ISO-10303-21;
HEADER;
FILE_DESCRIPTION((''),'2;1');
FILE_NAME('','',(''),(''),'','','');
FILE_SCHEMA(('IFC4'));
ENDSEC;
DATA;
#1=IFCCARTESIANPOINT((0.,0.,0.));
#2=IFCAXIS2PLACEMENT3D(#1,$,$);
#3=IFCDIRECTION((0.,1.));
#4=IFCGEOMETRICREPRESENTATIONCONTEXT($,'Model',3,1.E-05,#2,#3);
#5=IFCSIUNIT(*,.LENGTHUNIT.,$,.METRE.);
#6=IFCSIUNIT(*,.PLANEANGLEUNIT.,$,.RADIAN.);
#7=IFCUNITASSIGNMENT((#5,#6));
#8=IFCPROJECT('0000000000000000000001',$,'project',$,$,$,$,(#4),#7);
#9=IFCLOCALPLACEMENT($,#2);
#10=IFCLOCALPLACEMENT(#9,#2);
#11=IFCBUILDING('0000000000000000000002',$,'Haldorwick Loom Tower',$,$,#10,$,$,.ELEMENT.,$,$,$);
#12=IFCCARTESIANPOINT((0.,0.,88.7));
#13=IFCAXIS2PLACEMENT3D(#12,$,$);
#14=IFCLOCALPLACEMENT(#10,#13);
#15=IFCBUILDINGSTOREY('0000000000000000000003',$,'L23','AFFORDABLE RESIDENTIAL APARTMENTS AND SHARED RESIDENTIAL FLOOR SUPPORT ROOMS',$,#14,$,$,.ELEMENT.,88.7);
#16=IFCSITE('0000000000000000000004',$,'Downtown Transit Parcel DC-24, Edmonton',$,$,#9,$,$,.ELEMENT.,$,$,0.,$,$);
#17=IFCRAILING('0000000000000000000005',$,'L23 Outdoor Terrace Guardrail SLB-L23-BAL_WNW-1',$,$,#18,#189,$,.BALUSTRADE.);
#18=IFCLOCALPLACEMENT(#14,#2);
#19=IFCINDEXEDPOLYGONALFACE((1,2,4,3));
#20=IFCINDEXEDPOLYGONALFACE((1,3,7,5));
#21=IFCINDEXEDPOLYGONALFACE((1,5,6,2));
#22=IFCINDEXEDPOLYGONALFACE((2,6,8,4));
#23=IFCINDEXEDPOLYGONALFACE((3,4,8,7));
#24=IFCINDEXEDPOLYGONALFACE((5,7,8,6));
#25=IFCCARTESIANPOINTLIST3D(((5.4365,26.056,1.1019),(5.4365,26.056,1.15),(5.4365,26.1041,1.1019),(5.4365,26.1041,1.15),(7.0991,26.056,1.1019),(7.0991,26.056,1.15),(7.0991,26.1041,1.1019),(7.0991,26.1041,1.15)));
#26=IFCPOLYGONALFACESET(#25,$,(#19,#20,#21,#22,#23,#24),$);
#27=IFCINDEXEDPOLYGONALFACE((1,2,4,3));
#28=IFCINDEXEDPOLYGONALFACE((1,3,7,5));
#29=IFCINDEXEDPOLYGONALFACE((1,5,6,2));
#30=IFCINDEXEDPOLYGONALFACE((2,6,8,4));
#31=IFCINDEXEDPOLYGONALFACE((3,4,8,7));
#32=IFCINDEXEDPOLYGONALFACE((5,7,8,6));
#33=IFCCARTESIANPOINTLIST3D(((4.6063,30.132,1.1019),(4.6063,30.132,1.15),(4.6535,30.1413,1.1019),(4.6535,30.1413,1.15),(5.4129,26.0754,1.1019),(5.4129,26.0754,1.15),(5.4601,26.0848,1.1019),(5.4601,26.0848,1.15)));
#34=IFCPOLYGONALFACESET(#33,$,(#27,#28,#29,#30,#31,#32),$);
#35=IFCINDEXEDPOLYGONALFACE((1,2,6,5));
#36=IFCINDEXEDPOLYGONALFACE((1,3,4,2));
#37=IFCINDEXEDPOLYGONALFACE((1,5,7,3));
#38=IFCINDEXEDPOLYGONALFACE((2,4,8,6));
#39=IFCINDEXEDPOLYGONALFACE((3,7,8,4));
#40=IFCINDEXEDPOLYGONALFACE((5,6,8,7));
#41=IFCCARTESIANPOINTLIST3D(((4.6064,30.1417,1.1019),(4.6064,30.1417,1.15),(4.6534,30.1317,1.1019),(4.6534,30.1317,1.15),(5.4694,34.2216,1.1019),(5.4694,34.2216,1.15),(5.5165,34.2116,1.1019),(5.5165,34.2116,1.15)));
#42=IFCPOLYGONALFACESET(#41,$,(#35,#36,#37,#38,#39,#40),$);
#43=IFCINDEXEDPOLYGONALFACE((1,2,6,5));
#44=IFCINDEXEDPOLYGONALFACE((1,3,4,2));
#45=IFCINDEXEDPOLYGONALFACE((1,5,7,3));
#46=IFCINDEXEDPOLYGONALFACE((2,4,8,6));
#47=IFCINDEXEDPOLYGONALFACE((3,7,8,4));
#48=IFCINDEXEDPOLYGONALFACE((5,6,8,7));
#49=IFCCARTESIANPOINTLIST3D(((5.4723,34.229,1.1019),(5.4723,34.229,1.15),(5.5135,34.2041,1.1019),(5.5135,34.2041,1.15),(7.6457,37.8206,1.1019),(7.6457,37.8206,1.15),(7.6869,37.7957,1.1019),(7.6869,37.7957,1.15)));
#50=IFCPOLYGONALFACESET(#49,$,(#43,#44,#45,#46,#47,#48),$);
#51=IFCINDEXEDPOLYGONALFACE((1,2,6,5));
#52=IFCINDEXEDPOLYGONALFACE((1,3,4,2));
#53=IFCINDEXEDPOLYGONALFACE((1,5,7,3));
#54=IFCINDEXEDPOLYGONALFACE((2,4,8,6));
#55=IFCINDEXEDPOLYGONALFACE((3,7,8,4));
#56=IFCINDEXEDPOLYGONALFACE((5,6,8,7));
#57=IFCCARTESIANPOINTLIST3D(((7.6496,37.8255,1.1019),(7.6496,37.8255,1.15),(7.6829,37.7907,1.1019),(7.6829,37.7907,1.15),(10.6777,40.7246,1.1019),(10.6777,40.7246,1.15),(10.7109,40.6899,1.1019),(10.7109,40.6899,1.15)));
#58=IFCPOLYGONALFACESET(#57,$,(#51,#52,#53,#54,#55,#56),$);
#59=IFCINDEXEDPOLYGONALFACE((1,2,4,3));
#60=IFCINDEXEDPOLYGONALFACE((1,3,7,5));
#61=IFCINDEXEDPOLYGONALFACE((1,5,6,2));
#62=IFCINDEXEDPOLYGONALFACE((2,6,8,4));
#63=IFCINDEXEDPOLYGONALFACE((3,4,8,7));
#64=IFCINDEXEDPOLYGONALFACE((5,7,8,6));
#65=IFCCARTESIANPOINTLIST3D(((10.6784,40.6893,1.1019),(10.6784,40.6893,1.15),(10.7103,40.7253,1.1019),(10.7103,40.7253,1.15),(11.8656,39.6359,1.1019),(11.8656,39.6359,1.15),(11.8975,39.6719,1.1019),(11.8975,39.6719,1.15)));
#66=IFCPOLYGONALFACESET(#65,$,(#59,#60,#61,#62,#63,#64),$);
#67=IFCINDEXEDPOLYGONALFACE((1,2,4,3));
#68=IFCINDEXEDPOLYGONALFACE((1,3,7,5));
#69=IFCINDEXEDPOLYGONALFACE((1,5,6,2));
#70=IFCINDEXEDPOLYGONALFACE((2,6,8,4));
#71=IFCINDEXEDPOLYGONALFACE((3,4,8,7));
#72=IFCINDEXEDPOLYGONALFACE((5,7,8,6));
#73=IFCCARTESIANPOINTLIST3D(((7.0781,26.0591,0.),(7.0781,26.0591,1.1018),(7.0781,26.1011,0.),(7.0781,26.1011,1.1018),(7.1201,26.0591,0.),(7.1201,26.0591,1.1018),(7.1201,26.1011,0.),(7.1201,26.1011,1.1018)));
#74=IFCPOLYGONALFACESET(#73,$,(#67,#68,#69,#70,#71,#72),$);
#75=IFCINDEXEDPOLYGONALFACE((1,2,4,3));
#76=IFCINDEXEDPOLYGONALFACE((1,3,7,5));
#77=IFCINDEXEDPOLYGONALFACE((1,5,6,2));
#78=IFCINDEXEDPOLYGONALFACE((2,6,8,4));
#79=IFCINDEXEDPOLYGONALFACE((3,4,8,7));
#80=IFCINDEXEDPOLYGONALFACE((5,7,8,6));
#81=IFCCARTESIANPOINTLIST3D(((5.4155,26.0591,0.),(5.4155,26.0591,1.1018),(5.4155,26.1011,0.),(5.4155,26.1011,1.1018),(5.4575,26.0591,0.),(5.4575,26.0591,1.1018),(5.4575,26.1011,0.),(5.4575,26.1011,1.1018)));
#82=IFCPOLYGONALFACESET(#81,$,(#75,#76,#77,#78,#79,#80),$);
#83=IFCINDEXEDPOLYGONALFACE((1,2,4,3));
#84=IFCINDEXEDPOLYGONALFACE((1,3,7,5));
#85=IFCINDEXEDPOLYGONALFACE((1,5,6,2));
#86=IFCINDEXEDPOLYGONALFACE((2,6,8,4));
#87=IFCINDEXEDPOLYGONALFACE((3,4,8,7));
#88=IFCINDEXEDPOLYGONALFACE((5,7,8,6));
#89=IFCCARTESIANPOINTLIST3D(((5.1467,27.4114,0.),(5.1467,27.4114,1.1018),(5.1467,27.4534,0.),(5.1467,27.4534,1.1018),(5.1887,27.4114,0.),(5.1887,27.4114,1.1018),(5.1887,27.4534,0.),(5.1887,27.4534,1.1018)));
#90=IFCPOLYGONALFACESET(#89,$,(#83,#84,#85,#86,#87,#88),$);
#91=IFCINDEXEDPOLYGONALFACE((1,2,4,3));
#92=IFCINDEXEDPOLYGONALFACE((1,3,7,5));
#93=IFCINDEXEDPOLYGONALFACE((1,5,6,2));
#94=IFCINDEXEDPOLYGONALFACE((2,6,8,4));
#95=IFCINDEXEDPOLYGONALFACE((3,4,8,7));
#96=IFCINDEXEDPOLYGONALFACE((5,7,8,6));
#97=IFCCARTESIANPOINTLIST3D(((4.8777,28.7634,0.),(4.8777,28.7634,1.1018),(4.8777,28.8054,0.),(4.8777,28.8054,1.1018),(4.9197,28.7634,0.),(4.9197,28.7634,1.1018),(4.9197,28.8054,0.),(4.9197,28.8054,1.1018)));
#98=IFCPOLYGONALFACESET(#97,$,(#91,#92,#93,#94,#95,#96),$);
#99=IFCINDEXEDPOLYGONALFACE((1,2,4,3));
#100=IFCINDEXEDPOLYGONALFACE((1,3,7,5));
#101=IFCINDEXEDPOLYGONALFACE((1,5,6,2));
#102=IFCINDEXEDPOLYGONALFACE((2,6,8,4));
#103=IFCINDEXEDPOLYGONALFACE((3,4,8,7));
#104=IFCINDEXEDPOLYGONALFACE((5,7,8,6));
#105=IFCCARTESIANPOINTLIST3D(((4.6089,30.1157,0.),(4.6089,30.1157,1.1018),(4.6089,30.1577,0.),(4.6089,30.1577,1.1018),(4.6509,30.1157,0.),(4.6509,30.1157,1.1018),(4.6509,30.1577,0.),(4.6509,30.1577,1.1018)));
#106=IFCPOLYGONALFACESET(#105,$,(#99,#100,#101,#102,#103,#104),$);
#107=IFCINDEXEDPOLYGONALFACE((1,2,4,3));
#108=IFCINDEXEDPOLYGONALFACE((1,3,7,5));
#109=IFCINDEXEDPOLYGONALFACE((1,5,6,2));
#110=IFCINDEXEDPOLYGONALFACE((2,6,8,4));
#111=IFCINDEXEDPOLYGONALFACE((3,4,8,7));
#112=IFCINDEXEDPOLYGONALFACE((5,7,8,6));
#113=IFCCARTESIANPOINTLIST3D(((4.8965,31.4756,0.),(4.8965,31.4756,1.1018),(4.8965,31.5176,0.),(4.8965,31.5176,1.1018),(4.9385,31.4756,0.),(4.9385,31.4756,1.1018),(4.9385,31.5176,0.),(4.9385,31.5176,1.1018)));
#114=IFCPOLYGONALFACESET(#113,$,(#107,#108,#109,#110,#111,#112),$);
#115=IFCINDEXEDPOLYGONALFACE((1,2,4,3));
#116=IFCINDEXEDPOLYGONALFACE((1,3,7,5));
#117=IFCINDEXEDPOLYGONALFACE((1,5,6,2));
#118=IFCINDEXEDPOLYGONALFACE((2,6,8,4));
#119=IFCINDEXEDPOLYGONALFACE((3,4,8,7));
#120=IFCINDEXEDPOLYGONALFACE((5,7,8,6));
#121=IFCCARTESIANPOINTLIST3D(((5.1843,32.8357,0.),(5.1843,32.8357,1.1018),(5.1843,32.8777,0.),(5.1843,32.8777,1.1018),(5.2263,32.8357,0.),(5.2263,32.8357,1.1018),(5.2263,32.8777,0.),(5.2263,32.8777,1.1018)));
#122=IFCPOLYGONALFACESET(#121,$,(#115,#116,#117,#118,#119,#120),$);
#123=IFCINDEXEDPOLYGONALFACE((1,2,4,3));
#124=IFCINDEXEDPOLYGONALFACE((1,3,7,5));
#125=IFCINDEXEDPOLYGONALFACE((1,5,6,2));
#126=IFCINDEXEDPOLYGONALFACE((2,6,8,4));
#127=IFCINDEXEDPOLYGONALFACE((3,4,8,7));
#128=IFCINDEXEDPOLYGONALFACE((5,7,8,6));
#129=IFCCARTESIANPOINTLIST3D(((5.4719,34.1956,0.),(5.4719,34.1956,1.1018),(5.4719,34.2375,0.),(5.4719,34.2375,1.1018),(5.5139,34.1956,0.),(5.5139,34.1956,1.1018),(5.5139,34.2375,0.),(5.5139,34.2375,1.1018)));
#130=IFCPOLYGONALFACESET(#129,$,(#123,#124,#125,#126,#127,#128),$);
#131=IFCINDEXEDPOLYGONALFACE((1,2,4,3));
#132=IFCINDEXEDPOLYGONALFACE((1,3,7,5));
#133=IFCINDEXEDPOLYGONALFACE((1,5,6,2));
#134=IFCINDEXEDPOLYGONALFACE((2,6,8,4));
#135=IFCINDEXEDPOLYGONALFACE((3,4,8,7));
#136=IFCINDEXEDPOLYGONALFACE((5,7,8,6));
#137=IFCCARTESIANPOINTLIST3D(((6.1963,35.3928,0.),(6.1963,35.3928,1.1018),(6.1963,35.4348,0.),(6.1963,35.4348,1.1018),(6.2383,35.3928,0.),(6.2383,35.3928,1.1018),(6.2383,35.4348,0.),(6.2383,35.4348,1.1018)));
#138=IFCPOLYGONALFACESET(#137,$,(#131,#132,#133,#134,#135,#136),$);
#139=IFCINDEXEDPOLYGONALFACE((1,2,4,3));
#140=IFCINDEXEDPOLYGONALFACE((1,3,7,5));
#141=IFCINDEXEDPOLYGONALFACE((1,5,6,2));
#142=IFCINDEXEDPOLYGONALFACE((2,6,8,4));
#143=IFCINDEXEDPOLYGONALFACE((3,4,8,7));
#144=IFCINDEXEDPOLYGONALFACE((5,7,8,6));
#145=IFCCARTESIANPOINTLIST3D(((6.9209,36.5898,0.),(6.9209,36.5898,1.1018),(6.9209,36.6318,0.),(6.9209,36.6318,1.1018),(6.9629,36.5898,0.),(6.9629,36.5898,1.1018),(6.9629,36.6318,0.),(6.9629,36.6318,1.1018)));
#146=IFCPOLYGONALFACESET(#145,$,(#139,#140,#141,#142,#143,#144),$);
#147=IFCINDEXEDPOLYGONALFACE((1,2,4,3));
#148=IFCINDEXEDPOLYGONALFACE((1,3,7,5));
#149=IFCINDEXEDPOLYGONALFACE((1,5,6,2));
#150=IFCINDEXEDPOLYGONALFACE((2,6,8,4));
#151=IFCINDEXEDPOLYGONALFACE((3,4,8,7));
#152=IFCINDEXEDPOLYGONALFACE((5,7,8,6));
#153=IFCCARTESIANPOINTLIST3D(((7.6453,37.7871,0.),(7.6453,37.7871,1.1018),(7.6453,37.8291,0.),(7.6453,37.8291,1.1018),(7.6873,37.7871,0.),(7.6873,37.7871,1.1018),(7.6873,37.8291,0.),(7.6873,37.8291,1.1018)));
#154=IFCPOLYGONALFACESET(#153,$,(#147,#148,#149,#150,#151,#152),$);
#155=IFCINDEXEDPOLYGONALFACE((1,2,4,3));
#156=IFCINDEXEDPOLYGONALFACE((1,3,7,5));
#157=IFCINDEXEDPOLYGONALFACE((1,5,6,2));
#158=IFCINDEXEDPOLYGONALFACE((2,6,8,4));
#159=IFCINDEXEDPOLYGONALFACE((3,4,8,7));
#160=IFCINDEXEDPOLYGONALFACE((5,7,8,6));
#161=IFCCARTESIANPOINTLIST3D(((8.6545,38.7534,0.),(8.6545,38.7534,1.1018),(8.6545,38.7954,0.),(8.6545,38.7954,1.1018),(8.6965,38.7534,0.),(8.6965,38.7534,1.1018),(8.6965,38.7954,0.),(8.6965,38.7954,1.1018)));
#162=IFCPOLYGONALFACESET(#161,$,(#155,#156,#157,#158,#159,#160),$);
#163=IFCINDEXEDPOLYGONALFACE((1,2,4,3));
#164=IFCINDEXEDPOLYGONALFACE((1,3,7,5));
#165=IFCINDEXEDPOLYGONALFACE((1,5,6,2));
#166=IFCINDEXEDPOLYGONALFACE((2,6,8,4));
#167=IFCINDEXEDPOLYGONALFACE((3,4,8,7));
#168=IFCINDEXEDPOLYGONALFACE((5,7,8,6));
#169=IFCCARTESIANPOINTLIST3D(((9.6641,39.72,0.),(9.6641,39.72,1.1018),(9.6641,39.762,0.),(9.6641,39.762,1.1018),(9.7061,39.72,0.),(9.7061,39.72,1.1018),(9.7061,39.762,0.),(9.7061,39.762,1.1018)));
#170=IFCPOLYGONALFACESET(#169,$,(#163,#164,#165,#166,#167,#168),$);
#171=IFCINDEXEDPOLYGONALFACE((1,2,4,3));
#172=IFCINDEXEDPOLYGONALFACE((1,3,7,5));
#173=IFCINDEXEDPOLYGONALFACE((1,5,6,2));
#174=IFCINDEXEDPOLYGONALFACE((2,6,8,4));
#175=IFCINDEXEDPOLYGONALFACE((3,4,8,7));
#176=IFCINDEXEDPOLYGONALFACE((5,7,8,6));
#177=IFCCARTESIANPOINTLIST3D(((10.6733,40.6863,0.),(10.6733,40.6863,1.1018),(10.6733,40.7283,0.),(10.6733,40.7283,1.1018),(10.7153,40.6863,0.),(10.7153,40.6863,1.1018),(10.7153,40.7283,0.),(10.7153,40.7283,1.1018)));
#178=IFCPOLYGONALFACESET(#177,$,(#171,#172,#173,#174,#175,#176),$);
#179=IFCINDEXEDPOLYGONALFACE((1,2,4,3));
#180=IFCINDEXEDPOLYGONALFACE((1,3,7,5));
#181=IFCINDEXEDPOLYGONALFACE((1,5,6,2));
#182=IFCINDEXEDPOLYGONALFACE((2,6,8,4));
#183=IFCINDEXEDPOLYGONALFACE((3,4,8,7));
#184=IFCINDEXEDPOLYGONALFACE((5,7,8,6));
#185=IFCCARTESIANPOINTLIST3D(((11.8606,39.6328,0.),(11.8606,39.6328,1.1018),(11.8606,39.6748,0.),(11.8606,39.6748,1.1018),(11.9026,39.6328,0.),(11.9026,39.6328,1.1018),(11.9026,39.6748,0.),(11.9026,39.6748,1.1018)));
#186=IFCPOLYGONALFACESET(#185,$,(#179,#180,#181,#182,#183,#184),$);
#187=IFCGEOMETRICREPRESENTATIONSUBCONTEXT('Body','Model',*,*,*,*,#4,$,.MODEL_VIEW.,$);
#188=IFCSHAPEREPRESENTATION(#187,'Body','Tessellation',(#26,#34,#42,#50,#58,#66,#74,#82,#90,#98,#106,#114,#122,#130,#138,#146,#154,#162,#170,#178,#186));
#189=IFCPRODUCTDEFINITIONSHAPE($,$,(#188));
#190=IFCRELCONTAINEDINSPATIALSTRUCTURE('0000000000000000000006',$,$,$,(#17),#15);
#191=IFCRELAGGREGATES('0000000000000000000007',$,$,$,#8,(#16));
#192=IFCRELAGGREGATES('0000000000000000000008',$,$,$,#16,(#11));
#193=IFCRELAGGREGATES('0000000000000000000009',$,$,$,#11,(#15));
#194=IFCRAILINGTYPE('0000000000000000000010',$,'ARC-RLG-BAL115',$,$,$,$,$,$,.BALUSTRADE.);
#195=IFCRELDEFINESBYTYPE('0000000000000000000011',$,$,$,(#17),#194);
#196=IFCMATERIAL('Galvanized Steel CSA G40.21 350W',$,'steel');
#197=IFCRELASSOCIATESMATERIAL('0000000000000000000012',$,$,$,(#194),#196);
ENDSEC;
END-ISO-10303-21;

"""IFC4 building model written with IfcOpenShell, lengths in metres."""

from ifc_helpers import new_model, si_unit, direction, frame, origin, origin_2d, place, context, subcontext, project, spatial, rectangle, extrude, material, type_object, element, save


model = new_model("IFC4")

# Units and contexts
model_context = context("Model", 3, precision=1e-05, world=origin(), true_north=direction((0.0, 1.0)))
body_context = subcontext(model_context, "Body", "Model", "MODEL_VIEW")
ifc_project = project(units=[si_unit("LENGTHUNIT", "METRE"), si_unit("PLANEANGLEUNIT", "RADIAN")], contexts=[model_context])

# Site, building, storey
site_placement = place(None, origin())
site = spatial("IfcSite", under=ifc_project, at=site_placement, Name="Downtown Transit Parcel DC-24, Edmonton", CompositionType="ELEMENT", RefElevation=0.0)
building_placement = place(site_placement, origin())
building = spatial("IfcBuilding", under=site, at=building_placement, Name="Haldorwick Loom Tower", CompositionType="ELEMENT")
storey_placement = place(building_placement, frame((0.0, 0.0, 88.7)))
storey = spatial("IfcBuildingStorey", under=building, at=storey_placement, Name="L23", Description="AFFORDABLE RESIDENTIAL APARTMENTS AND SHARED RESIDENTIAL FLOOR SUPPORT ROOMS", CompositionType="ELEMENT", Elevation=88.7)

# Railing
ifc_material_1 = material(Name="Galvanized Steel CSA G40.21 350W", Category="steel")
railing_type = type_object("IfcRailingType", Name="ARC-RLG-BAL115", PredefinedType="BALUSTRADE", material=ifc_material_1)
railing_placement = place(storey_placement, frame((7.0991, 26.0801, 0.0)))
element("IfcRailing", 1, at=railing_placement, inside=storey, type_object=railing_type, Name="L23 Outdoor Terrace Guardrail SLB-L23-BAL_WNW-1", PredefinedType="BALUSTRADE", context=body_context, shape_type="SweptSolid", body=[
    extrude(rectangle(XDim=0.0481, YDim=0.0481, at=origin_2d()), frame((0.0, 0.0, 1.126), z_axis=(-1.0, 0.0, 0.0), x_axis=(0.0, -1.0, 0.0)), (0.0, 0.0, 1.0), 1.6626),
    extrude(rectangle(XDim=0.0481, YDim=0.0481, at=origin_2d()), frame((-1.6626, 0.0, 1.126), z_axis=(-0.195026, 0.980798, 0.0), x_axis=(-0.980798, -0.195026, 0.0)), (0.0, 0.0, 1.0), 4.136),
    extrude(rectangle(XDim=0.0481, YDim=0.0481, at=origin_2d()), frame((-2.4692, 4.0566, 1.126), z_axis=(0.206958, 0.97835, 0.0), x_axis=(-0.97835, 0.206958, 0.0)), (0.0, 0.0, 1.0), 4.1702),
    extrude(rectangle(XDim=0.0481, YDim=0.0481, at=origin_2d()), frame((-1.6062, 8.1365, 1.126), z_axis=(0.517716, 0.855552, 0.0), x_axis=(-0.855552, 0.517716, 0.0)), (0.0, 0.0, 1.0), 4.198),
    extrude(rectangle(XDim=0.0481, YDim=0.0481, at=origin_2d()), frame((0.5671, 11.728, 1.126), z_axis=(0.722314, 0.691565, 0.0), x_axis=(-0.691565, 0.722314, 0.0)), (0.0, 0.0, 1.0), 4.1921),
    extrude(rectangle(XDim=0.0481, YDim=0.0481, at=origin_2d()), frame((3.5952, 14.6272, 1.126), z_axis=(0.747995, -0.663705, 0.0), x_axis=(0.663705, 0.747995, 0.0)), (0.0, 0.0, 1.0), 1.5872),
    extrude(rectangle(XDim=0.042, YDim=0.042, at=origin_2d()), origin(), (0.0, 0.0, 1.0), 1.1018),
    extrude(rectangle(XDim=0.042, YDim=0.042, at=origin_2d()), frame((-1.6626, 0.0, 0.0)), (0.0, 0.0, 1.0), 1.1018),
    extrude(rectangle(XDim=0.042, YDim=0.042, at=origin_2d()), frame((-1.9314, 1.3523, 0.0)), (0.0, 0.0, 1.0), 1.1018),
    extrude(rectangle(XDim=0.042, YDim=0.042, at=origin_2d()), frame((-2.2004, 2.7043, 0.0)), (0.0, 0.0, 1.0), 1.1018),
    extrude(rectangle(XDim=0.042, YDim=0.042, at=origin_2d()), frame((-2.4692, 4.0566, 0.0)), (0.0, 0.0, 1.0), 1.1018),
    extrude(rectangle(XDim=0.042, YDim=0.042, at=origin_2d()), frame((-2.1816, 5.4165, 0.0)), (0.0, 0.0, 1.0), 1.1018),
    extrude(rectangle(XDim=0.042, YDim=0.042, at=origin_2d()), frame((-1.8938, 6.7766, 0.0)), (0.0, 0.0, 1.0), 1.1018),
    extrude(rectangle(XDim=0.042, YDim=0.042, at=origin_2d()), frame((-1.6062, 8.1365, 0.0)), (0.0, 0.0, 1.0), 1.1018),
    extrude(rectangle(XDim=0.042, YDim=0.042, at=origin_2d()), frame((-0.8818, 9.3337, 0.0)), (0.0, 0.0, 1.0), 1.1018),
    extrude(rectangle(XDim=0.042, YDim=0.042, at=origin_2d()), frame((-0.1572, 10.5308, 0.0)), (0.0, 0.0, 1.0), 1.1018),
    extrude(rectangle(XDim=0.042, YDim=0.042, at=origin_2d()), frame((0.5671, 11.728, 0.0)), (0.0, 0.0, 1.0), 1.1018),
    extrude(rectangle(XDim=0.042, YDim=0.042, at=origin_2d()), frame((1.5764, 12.6943, 0.0)), (0.0, 0.0, 1.0), 1.1018),
    extrude(rectangle(XDim=0.042, YDim=0.042, at=origin_2d()), frame((2.5859, 13.6609, 0.0)), (0.0, 0.0, 1.0), 1.1018),
    extrude(rectangle(XDim=0.042, YDim=0.042, at=origin_2d()), frame((3.5952, 14.6272, 0.0)), (0.0, 0.0, 1.0), 1.1018),
    extrude(rectangle(XDim=0.042, YDim=0.042, at=origin_2d()), frame((4.7825, 13.5737, 0.0)), (0.0, 0.0, 1.0), 1.1018),
])

save(model, "model.ifc")
